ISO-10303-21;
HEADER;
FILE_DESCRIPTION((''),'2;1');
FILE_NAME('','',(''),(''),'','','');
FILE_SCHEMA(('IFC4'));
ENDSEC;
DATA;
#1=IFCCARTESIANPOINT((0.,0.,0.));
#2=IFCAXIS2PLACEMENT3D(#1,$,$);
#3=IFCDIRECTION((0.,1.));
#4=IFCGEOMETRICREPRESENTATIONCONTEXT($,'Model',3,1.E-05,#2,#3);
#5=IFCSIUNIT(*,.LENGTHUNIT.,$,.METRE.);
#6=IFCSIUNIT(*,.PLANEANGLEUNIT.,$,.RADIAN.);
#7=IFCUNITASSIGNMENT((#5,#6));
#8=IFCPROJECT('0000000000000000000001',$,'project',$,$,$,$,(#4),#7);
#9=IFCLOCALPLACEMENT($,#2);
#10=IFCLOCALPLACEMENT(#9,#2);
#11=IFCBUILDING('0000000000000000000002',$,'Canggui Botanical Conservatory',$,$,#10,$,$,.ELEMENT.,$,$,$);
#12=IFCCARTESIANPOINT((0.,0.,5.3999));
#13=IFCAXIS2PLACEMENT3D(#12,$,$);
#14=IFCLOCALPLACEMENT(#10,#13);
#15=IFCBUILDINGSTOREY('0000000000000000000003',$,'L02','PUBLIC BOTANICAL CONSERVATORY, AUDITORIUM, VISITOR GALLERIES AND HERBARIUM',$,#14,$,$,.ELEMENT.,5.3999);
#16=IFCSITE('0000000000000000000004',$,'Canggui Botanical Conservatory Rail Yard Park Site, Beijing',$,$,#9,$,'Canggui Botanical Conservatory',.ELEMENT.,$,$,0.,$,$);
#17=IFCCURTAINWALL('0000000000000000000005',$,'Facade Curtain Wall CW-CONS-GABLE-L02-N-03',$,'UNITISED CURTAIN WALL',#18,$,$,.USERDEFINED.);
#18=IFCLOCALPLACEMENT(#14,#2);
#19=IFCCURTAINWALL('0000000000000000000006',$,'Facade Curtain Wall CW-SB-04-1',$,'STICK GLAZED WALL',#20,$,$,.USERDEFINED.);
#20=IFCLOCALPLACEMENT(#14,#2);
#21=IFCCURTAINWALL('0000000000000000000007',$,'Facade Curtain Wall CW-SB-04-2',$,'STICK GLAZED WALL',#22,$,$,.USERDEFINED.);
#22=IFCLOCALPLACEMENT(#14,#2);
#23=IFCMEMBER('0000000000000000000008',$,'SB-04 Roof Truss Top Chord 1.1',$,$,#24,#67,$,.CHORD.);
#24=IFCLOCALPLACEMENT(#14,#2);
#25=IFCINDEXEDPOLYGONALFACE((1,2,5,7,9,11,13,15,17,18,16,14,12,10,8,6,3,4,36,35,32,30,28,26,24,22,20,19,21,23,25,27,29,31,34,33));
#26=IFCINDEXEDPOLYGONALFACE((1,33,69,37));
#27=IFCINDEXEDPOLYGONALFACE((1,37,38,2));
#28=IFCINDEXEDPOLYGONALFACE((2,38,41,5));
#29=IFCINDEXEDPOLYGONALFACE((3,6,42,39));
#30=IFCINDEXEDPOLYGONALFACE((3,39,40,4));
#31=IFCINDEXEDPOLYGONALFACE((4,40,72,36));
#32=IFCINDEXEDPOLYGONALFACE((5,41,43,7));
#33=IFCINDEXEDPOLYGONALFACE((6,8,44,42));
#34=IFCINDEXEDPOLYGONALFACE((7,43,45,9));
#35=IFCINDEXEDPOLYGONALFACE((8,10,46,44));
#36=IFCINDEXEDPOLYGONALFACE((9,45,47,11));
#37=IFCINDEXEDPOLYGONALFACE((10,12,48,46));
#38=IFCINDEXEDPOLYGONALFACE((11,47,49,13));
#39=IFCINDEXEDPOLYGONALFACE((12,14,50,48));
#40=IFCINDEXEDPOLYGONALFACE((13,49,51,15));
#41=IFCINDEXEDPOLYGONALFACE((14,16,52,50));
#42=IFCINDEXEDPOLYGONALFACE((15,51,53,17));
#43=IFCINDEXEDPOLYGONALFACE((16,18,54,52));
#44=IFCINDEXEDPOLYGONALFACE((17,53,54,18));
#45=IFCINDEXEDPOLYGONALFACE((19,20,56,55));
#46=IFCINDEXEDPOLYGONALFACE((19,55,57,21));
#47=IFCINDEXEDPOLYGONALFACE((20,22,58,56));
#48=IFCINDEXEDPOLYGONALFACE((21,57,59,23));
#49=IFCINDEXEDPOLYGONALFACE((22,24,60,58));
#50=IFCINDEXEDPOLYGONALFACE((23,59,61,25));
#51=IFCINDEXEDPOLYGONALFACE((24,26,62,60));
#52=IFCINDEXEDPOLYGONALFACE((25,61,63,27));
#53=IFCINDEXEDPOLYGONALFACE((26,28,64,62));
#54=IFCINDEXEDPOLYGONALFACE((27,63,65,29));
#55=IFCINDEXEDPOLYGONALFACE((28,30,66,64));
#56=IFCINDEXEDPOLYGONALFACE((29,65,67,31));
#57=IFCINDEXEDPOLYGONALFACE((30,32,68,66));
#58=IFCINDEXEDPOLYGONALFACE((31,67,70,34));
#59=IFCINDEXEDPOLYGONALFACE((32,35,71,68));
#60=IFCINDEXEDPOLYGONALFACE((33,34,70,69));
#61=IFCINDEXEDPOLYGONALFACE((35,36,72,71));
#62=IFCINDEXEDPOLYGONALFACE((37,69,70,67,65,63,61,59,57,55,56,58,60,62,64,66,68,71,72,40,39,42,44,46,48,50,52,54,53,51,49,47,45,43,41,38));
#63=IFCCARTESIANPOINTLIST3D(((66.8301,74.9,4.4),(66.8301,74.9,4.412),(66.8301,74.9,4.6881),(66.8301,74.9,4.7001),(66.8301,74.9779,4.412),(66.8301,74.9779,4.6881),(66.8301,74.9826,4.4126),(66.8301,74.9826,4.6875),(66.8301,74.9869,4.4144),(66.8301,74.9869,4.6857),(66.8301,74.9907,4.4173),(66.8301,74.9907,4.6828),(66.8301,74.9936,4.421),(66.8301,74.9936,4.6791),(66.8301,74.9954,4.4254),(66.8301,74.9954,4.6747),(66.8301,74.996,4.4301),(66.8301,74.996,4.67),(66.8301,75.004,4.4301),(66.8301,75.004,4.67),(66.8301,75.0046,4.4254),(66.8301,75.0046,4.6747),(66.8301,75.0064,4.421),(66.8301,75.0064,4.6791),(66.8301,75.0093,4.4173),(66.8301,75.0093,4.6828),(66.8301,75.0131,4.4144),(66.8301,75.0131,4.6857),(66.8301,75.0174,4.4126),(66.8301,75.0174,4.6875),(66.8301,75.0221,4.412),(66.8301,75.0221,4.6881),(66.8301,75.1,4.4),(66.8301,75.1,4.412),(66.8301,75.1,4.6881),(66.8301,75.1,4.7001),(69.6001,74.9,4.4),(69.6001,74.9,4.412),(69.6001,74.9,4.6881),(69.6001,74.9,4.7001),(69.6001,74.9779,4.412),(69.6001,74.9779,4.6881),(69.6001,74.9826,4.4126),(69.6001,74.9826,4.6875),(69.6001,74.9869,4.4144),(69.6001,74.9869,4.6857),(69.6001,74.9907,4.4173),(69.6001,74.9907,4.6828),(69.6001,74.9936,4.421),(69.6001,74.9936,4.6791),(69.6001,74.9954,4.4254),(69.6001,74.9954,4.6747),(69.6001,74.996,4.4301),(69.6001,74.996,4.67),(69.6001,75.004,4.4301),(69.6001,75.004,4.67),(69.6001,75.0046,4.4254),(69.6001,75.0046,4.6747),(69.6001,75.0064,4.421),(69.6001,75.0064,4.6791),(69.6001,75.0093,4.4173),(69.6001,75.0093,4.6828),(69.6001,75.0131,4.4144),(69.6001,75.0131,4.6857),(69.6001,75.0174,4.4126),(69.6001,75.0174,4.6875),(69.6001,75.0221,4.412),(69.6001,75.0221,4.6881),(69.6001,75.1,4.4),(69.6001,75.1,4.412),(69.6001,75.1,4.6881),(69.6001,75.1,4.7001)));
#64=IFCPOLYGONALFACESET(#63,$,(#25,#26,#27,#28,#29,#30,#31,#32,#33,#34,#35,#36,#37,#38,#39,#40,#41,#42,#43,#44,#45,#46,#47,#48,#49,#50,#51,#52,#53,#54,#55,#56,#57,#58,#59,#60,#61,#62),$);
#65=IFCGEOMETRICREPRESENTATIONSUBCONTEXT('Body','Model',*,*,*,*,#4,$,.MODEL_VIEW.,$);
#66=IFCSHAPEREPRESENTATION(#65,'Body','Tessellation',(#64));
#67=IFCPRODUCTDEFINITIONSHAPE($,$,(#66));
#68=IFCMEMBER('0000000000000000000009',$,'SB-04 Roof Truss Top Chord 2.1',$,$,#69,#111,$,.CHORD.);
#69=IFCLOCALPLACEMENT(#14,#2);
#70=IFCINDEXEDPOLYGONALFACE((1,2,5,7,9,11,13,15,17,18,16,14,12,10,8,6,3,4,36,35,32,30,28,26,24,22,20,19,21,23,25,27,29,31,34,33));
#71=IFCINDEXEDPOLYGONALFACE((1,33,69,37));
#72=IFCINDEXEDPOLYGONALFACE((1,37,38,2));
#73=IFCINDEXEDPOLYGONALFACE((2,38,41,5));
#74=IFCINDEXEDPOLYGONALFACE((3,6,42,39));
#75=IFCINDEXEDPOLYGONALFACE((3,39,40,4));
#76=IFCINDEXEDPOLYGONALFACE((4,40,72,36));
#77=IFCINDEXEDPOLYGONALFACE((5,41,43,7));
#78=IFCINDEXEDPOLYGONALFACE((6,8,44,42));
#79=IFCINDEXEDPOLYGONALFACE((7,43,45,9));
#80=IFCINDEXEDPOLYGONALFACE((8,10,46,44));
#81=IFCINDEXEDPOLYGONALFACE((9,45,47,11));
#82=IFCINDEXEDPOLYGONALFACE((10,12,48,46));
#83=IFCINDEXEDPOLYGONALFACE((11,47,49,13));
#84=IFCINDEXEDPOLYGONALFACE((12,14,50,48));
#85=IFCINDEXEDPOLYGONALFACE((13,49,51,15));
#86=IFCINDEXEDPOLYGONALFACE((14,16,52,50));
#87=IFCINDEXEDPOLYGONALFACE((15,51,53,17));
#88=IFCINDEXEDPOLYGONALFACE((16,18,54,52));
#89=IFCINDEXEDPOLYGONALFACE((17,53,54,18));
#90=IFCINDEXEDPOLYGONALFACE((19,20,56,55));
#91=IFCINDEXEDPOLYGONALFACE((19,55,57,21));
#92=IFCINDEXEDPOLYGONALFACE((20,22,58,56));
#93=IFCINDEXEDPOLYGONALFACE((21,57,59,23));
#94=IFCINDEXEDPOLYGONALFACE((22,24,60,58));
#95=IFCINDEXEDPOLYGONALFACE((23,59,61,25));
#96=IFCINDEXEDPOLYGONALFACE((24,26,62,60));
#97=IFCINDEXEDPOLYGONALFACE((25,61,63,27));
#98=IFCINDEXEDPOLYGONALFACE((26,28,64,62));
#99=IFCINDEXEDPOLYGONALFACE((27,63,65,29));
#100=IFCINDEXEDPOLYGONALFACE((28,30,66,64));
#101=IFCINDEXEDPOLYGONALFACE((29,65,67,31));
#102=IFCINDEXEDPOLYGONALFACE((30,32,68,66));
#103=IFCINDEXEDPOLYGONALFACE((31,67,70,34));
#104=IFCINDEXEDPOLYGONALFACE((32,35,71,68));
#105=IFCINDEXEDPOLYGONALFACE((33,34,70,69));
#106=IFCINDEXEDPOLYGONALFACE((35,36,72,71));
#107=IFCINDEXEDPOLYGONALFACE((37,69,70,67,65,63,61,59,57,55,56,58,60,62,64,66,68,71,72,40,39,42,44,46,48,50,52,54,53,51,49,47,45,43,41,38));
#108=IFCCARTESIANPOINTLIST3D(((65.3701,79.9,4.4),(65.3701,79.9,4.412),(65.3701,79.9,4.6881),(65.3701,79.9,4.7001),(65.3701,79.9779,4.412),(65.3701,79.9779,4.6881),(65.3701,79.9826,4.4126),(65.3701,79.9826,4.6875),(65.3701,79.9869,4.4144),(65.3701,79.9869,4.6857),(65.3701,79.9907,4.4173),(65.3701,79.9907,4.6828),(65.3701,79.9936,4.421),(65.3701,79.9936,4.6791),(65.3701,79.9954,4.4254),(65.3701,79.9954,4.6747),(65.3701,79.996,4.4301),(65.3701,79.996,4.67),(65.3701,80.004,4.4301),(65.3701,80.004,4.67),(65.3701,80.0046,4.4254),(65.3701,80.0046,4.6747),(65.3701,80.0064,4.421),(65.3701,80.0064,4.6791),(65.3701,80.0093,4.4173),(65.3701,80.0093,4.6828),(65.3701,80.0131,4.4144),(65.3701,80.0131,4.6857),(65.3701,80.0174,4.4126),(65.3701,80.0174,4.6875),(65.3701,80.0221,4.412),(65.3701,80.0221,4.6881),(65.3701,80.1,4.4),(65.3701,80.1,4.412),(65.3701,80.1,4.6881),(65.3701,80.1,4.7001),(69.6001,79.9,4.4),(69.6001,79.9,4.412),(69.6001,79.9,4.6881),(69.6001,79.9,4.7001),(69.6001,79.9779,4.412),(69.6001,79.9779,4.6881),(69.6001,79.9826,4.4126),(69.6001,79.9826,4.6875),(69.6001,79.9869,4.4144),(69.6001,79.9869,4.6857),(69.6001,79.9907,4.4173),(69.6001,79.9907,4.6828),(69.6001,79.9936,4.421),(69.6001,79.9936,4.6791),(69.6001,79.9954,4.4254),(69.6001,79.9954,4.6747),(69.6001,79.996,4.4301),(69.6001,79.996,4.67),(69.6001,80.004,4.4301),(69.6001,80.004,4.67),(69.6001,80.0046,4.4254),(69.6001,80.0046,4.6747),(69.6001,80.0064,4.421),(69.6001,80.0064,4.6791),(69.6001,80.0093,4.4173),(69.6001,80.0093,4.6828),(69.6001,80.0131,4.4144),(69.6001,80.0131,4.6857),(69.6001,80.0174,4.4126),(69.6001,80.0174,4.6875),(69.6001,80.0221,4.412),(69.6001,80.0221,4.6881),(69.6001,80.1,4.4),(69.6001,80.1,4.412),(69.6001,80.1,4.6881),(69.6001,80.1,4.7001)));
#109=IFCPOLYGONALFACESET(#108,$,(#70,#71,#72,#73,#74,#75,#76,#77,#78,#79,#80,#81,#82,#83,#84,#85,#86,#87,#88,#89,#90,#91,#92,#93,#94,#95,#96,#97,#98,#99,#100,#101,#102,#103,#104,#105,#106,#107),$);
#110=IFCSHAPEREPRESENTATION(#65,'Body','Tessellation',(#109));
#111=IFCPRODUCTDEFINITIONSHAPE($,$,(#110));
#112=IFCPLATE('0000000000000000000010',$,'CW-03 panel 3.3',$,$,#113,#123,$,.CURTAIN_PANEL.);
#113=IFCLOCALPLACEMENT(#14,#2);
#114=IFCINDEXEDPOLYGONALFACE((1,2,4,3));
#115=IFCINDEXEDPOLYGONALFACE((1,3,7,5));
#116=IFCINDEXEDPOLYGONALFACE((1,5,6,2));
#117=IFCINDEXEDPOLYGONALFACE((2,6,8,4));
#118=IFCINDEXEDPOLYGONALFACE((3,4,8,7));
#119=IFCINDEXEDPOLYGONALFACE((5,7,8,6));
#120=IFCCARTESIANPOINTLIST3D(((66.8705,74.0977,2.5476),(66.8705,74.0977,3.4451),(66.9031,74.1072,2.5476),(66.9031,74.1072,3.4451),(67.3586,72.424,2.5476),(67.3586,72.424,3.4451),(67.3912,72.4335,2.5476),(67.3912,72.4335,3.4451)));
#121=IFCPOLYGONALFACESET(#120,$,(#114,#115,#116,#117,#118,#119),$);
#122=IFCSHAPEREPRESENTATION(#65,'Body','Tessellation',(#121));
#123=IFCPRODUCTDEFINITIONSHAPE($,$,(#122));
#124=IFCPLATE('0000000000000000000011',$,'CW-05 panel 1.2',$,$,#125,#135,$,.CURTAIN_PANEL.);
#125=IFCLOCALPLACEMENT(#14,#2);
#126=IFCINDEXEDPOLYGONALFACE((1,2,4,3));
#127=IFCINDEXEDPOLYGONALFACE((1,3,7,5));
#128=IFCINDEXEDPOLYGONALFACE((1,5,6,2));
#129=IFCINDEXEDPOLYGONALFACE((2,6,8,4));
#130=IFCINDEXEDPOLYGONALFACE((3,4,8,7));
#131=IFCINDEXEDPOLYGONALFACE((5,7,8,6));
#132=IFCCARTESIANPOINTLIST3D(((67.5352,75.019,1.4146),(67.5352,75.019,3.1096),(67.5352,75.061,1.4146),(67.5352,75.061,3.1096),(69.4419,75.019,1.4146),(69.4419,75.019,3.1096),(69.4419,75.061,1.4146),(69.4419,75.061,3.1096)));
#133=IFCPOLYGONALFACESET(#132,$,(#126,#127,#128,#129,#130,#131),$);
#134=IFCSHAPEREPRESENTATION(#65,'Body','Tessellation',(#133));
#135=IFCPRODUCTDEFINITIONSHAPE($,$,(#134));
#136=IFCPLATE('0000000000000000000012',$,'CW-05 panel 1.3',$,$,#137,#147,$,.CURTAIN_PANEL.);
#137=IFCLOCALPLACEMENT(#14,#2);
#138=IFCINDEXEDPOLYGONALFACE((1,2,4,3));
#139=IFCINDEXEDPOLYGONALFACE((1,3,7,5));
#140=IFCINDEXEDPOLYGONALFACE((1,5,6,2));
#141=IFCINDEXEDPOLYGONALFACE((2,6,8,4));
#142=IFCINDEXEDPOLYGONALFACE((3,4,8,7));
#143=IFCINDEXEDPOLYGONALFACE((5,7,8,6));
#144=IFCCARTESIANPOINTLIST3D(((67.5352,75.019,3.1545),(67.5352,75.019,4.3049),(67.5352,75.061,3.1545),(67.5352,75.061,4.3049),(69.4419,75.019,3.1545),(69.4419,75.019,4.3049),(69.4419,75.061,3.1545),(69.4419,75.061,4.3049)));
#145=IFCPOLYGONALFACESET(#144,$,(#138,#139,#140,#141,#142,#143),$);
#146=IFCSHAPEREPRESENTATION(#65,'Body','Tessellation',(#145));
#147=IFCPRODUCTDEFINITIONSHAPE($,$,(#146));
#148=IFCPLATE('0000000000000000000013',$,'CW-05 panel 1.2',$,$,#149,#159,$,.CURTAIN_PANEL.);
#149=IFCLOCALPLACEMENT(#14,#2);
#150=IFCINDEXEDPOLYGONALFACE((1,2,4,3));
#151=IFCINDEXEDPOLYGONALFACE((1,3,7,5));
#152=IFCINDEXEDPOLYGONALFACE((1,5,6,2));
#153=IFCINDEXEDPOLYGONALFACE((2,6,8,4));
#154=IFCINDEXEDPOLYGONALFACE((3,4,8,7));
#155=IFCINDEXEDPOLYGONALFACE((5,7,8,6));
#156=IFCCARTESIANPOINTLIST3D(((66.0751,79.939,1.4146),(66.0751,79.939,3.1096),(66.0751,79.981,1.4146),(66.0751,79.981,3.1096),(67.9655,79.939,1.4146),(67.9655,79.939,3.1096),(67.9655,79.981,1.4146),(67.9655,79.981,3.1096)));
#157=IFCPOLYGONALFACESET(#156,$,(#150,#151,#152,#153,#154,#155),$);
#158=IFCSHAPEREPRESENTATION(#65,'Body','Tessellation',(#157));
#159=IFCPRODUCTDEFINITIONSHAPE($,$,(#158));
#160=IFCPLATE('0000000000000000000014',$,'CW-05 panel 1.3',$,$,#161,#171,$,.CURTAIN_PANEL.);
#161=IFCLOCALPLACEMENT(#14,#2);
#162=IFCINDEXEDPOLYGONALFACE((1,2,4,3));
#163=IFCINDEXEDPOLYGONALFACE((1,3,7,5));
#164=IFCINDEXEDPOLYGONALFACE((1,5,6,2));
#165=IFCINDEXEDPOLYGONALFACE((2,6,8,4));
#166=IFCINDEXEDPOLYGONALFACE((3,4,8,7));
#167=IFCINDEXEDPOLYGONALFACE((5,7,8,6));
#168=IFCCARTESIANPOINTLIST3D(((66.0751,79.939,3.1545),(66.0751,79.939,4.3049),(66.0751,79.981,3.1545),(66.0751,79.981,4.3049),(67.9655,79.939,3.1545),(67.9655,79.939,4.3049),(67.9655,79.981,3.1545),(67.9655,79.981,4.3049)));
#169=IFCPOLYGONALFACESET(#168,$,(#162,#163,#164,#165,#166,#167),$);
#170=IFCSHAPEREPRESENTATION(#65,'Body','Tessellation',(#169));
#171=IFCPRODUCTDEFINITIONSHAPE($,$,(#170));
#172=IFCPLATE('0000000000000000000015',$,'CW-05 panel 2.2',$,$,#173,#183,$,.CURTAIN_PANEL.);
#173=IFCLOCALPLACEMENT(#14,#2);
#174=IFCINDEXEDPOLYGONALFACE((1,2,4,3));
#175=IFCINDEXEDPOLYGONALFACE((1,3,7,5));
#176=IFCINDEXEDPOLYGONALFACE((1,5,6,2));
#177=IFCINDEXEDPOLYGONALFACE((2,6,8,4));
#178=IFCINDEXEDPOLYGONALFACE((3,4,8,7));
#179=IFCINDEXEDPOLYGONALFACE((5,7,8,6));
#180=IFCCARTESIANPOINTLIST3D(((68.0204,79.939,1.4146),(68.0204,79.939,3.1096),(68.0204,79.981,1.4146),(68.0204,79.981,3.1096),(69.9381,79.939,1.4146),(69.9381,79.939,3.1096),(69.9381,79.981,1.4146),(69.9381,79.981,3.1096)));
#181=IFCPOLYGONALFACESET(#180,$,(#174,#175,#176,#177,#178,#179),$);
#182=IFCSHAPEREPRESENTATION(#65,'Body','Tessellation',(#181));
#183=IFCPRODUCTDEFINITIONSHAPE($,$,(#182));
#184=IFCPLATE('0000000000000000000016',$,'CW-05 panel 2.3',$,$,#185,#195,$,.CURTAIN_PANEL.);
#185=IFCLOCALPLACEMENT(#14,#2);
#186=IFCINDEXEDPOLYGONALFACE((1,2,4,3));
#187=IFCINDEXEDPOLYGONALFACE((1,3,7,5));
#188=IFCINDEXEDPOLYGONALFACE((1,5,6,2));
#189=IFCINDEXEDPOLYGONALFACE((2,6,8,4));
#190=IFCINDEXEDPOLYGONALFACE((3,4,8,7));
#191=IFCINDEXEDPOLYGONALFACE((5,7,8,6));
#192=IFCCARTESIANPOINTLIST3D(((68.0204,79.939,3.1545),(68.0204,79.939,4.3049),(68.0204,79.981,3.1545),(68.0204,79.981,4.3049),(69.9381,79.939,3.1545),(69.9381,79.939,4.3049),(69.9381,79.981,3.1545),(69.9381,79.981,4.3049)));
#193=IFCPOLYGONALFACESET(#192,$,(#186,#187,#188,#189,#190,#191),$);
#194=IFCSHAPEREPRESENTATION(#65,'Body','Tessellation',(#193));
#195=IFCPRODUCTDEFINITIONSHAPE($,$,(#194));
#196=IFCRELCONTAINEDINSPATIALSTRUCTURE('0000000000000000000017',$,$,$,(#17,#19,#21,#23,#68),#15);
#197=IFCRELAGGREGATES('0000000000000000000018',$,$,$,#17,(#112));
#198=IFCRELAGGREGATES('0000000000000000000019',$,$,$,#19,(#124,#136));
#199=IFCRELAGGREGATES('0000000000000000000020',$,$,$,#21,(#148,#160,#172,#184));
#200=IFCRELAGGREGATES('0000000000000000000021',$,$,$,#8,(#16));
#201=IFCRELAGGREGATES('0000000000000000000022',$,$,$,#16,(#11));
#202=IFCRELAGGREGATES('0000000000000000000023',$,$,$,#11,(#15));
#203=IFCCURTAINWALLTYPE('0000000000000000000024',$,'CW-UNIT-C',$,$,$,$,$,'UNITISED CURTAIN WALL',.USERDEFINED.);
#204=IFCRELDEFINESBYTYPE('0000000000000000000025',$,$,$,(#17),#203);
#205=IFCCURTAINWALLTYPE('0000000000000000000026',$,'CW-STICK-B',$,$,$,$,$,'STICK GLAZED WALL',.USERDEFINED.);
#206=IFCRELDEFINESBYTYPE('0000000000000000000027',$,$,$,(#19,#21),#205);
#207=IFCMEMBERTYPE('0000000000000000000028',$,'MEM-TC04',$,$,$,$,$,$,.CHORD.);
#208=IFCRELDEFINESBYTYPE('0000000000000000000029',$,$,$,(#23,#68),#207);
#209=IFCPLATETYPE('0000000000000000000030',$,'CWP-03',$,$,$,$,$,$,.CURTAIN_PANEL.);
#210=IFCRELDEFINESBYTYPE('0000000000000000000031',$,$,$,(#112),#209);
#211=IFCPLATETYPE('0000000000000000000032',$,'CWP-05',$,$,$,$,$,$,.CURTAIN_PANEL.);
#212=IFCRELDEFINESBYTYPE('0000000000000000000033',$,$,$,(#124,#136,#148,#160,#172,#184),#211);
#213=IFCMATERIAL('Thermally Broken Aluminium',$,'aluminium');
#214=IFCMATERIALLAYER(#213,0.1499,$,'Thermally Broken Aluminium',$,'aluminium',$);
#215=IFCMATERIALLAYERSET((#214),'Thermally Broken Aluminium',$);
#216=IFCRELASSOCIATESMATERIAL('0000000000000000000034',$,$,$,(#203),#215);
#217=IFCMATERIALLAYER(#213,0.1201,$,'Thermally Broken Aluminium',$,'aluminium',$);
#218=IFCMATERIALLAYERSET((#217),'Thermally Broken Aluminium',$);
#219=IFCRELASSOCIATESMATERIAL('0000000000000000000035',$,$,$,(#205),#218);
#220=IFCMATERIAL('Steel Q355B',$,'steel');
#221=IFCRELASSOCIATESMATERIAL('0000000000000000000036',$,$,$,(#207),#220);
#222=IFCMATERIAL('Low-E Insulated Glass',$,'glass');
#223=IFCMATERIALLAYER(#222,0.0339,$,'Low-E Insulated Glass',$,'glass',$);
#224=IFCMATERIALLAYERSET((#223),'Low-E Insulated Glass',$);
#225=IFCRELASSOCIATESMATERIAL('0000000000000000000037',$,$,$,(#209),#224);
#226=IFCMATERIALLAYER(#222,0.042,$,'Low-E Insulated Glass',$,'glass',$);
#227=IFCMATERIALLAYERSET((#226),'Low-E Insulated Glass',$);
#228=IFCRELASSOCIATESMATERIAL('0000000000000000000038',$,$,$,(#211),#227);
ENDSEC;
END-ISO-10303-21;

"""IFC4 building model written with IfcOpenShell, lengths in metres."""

from ifc_helpers import new_model, si_unit, direction, frame, origin, origin_2d, place, context, subcontext, project, spatial, rectangle, i_section, extrude, material, layer, layer_set, material_profile, profile_set, type_object, element, aggregate, save


model = new_model("IFC4")

# Units and contexts
model_context = context("Model", 3, precision=1e-05, world=origin(), true_north=direction((0.0, 1.0)))
body_context = subcontext(model_context, "Body", "Model", "MODEL_VIEW")
ifc_project = project(units=[si_unit("LENGTHUNIT", "METRE"), si_unit("PLANEANGLEUNIT", "RADIAN")], contexts=[model_context])

# Site, building, storey
site_placement = place(None, origin())
site = spatial("IfcSite", under=ifc_project, at=site_placement, Name="Canggui Botanical Conservatory Rail Yard Park Site, Beijing", LongName="Canggui Botanical Conservatory", CompositionType="ELEMENT", RefElevation=0.0)
building_placement = place(site_placement, origin())
building = spatial("IfcBuilding", under=site, at=building_placement, Name="Canggui Botanical Conservatory", CompositionType="ELEMENT")
storey_placement = place(building_placement, frame((0.0, 0.0, 5.3999)))
storey = spatial("IfcBuildingStorey", under=building, at=storey_placement, Name="L02", Description="PUBLIC BOTANICAL CONSERVATORY, AUDITORIUM, VISITOR GALLERIES AND HERBARIUM", CompositionType="ELEMENT", Elevation=5.3999)

# Curtain walls
ifc_material_1 = material(Name="Thermally Broken Aluminium", Category="aluminium")
ifc_layer_1 = layer(ifc_material_1, 0.1499, Name="Thermally Broken Aluminium", Category="aluminium")
ifc_layer_set_1 = layer_set([ifc_layer_1], Name="Thermally Broken Aluminium")
curtain_wall_type_1 = type_object("IfcCurtainWallType", Name="CW-UNIT-C", ElementType="UNITISED CURTAIN WALL", PredefinedType="USERDEFINED", material=ifc_layer_set_1)
curtain_wall_1_placement = place(storey_placement, origin())
curtain_wall_1 = element("IfcCurtainWall", 1, at=curtain_wall_1_placement, inside=storey, type_object=curtain_wall_type_1, Name="Facade Curtain Wall CW-CONS-GABLE-L02-N-03", ObjectType="UNITISED CURTAIN WALL", PredefinedType="USERDEFINED")
ifc_layer_2 = layer(ifc_material_1, 0.1201, Name="Thermally Broken Aluminium", Category="aluminium")
ifc_layer_set_2 = layer_set([ifc_layer_2], Name="Thermally Broken Aluminium")
curtain_wall_type_2 = type_object("IfcCurtainWallType", Name="CW-STICK-B", ElementType="STICK GLAZED WALL", PredefinedType="USERDEFINED", material=ifc_layer_set_2)
curtain_wall_2_placement = place(storey_placement, origin())
curtain_wall_2 = element("IfcCurtainWall", 2, at=curtain_wall_2_placement, inside=storey, type_object=curtain_wall_type_2, Name="Facade Curtain Wall CW-SB-04-1", ObjectType="STICK GLAZED WALL", PredefinedType="USERDEFINED")
curtain_wall_3_placement = place(storey_placement, origin())
curtain_wall_3 = element("IfcCurtainWall", 3, at=curtain_wall_3_placement, inside=storey, type_object=curtain_wall_type_2, Name="Facade Curtain Wall CW-SB-04-2", ObjectType="STICK GLAZED WALL", PredefinedType="USERDEFINED")

# Members
ifc_material_2 = material(Name="Steel Q355B", Category="steel")
ifc_material_profile_1 = material_profile(ifc_material_2, i_section(OverallWidth=0.2, OverallDepth=0.3, WebThickness=0.0081, FlangeThickness=0.012, FilletRadius=0.0181, at=origin_2d()), Name="HM 300x200x8x12")
ifc_profile_set_1 = profile_set([ifc_material_profile_1], Name="Steel Q355B")
member_type_1 = type_object("IfcMemberType", Name="MEM-TC04", PredefinedType="CHORD", material=ifc_profile_set_1)
member_1_placement = place(storey_placement, frame((66.8301, 75.0, 4.55), z_axis=(1.0, 0.0, 0.0), x_axis=(0.0, 1.0, 0.0)))
element("IfcMember", 4, at=member_1_placement, inside=storey, type_object=member_type_1, Name="SB-04 Roof Truss Top Chord 1.1", PredefinedType="CHORD", context=body_context, shape_type="SweptSolid", body=[
    extrude(i_section(OverallWidth=0.2, OverallDepth=0.3, WebThickness=0.0081, FlangeThickness=0.012, FilletRadius=0.0181, at=origin_2d()), origin(), (0.0, 0.0, 1.0), 2.77),
])
member_2_placement = place(storey_placement, frame((65.3701, 80.0, 4.55), z_axis=(1.0, 0.0, 0.0), x_axis=(0.0, 1.0, 0.0)))
element("IfcMember", 5, at=member_2_placement, inside=storey, type_object=member_type_1, Name="SB-04 Roof Truss Top Chord 2.1", PredefinedType="CHORD", context=body_context, shape_type="SweptSolid", body=[
    extrude(i_section(OverallWidth=0.2, OverallDepth=0.3, WebThickness=0.0081, FlangeThickness=0.012, FilletRadius=0.0181, at=origin_2d()), origin(), (0.0, 0.0, 1.0), 4.23),
])

# Plates
ifc_material_3 = material(Name="Low-E Insulated Glass", Category="glass")
ifc_layer_3 = layer(ifc_material_3, 0.0339, Name="Low-E Insulated Glass", Category="glass")
ifc_layer_set_3 = layer_set([ifc_layer_3], Name="Low-E Insulated Glass")
plate_type_1 = type_object("IfcPlateType", Name="CWP-03", PredefinedType="CURTAIN_PANEL", material=ifc_layer_set_3)
plate_1_placement = place(storey_placement, frame((67.1309, 73.2656, 2.5476), z_axis=(0.0, 0.0, 1.0), x_axis=(-0.28, 0.96, 0.0)))
plate_1 = element("IfcPlate", 6, at=plate_1_placement, type_object=plate_type_1, Name="CW-03 panel 3.3", PredefinedType="CURTAIN_PANEL", context=body_context, shape_type="SweptSolid", body=[
    extrude(rectangle(XDim=1.7434, YDim=0.0339, at=origin_2d()), origin(), (0.0, 0.0, 1.0), 0.8975),
])
aggregate(curtain_wall_1, [plate_1])
ifc_layer_4 = layer(ifc_material_3, 0.042, Name="Low-E Insulated Glass", Category="glass")
ifc_layer_set_4 = layer_set([ifc_layer_4], Name="Low-E Insulated Glass")
plate_type_2 = type_object("IfcPlateType", Name="CWP-05", PredefinedType="CURTAIN_PANEL", material=ifc_layer_set_4)
plate_2_placement = place(storey_placement, frame((68.4885, 75.04, 1.4146), z_axis=(0.0, 0.0, 1.0), x_axis=(1.0, 0.0, 0.0)))
plate_2 = element("IfcPlate", 7, at=plate_2_placement, type_object=plate_type_2, Name="CW-05 panel 1.2", PredefinedType="CURTAIN_PANEL", context=body_context, shape_type="SweptSolid", body=[
    extrude(rectangle(XDim=1.9067, YDim=0.042, at=origin_2d()), origin(), (0.0, 0.0, 1.0), 1.6951),
])
plate_3_placement = place(storey_placement, frame((68.4885, 75.04, 3.1545), z_axis=(0.0, 0.0, 1.0), x_axis=(1.0, 0.0, 0.0)))
plate_3 = element("IfcPlate", 8, at=plate_3_placement, type_object=plate_type_2, Name="CW-05 panel 1.3", PredefinedType="CURTAIN_PANEL", context=body_context, shape_type="SweptSolid", body=[
    extrude(rectangle(XDim=1.9067, YDim=0.042, at=origin_2d()), origin(), (0.0, 0.0, 1.0), 1.1504),
])
aggregate(curtain_wall_2, [plate_2, plate_3])
plate_4_placement = place(storey_placement, frame((67.0203, 79.96, 1.4146), z_axis=(0.0, 0.0, 1.0), x_axis=(1.0, 0.0, 0.0)))
plate_4 = element("IfcPlate", 9, at=plate_4_placement, type_object=plate_type_2, Name="CW-05 panel 1.2", PredefinedType="CURTAIN_PANEL", context=body_context, shape_type="SweptSolid", body=[
    extrude(rectangle(XDim=1.8904, YDim=0.042, at=origin_2d()), origin(), (0.0, 0.0, 1.0), 1.6951),
])
plate_5_placement = place(storey_placement, frame((67.0203, 79.96, 3.1545), z_axis=(0.0, 0.0, 1.0), x_axis=(1.0, 0.0, 0.0)))
plate_5 = element("IfcPlate", 10, at=plate_5_placement, type_object=plate_type_2, Name="CW-05 panel 1.3", PredefinedType="CURTAIN_PANEL", context=body_context, shape_type="SweptSolid", body=[
    extrude(rectangle(XDim=1.8904, YDim=0.042, at=origin_2d()), origin(), (0.0, 0.0, 1.0), 1.1504),
])
plate_6_placement = place(storey_placement, frame((68.9792, 79.96, 1.4146), z_axis=(0.0, 0.0, 1.0), x_axis=(1.0, 0.0, 0.0)))
plate_6 = element("IfcPlate", 11, at=plate_6_placement, type_object=plate_type_2, Name="CW-05 panel 2.2", PredefinedType="CURTAIN_PANEL", context=body_context, shape_type="SweptSolid", body=[
    extrude(rectangle(XDim=1.9177, YDim=0.042, at=origin_2d()), origin(), (0.0, 0.0, 1.0), 1.6951),
])
plate_7_placement = place(storey_placement, frame((68.9792, 79.96, 3.1545), z_axis=(0.0, 0.0, 1.0), x_axis=(1.0, 0.0, 0.0)))
plate_7 = element("IfcPlate", 12, at=plate_7_placement, type_object=plate_type_2, Name="CW-05 panel 2.3", PredefinedType="CURTAIN_PANEL", context=body_context, shape_type="SweptSolid", body=[
    extrude(rectangle(XDim=1.9177, YDim=0.042, at=origin_2d()), origin(), (0.0, 0.0, 1.0), 1.1504),
])
aggregate(curtain_wall_3, [plate_4, plate_5, plate_6, plate_7])

save(model, "model.ifc")
